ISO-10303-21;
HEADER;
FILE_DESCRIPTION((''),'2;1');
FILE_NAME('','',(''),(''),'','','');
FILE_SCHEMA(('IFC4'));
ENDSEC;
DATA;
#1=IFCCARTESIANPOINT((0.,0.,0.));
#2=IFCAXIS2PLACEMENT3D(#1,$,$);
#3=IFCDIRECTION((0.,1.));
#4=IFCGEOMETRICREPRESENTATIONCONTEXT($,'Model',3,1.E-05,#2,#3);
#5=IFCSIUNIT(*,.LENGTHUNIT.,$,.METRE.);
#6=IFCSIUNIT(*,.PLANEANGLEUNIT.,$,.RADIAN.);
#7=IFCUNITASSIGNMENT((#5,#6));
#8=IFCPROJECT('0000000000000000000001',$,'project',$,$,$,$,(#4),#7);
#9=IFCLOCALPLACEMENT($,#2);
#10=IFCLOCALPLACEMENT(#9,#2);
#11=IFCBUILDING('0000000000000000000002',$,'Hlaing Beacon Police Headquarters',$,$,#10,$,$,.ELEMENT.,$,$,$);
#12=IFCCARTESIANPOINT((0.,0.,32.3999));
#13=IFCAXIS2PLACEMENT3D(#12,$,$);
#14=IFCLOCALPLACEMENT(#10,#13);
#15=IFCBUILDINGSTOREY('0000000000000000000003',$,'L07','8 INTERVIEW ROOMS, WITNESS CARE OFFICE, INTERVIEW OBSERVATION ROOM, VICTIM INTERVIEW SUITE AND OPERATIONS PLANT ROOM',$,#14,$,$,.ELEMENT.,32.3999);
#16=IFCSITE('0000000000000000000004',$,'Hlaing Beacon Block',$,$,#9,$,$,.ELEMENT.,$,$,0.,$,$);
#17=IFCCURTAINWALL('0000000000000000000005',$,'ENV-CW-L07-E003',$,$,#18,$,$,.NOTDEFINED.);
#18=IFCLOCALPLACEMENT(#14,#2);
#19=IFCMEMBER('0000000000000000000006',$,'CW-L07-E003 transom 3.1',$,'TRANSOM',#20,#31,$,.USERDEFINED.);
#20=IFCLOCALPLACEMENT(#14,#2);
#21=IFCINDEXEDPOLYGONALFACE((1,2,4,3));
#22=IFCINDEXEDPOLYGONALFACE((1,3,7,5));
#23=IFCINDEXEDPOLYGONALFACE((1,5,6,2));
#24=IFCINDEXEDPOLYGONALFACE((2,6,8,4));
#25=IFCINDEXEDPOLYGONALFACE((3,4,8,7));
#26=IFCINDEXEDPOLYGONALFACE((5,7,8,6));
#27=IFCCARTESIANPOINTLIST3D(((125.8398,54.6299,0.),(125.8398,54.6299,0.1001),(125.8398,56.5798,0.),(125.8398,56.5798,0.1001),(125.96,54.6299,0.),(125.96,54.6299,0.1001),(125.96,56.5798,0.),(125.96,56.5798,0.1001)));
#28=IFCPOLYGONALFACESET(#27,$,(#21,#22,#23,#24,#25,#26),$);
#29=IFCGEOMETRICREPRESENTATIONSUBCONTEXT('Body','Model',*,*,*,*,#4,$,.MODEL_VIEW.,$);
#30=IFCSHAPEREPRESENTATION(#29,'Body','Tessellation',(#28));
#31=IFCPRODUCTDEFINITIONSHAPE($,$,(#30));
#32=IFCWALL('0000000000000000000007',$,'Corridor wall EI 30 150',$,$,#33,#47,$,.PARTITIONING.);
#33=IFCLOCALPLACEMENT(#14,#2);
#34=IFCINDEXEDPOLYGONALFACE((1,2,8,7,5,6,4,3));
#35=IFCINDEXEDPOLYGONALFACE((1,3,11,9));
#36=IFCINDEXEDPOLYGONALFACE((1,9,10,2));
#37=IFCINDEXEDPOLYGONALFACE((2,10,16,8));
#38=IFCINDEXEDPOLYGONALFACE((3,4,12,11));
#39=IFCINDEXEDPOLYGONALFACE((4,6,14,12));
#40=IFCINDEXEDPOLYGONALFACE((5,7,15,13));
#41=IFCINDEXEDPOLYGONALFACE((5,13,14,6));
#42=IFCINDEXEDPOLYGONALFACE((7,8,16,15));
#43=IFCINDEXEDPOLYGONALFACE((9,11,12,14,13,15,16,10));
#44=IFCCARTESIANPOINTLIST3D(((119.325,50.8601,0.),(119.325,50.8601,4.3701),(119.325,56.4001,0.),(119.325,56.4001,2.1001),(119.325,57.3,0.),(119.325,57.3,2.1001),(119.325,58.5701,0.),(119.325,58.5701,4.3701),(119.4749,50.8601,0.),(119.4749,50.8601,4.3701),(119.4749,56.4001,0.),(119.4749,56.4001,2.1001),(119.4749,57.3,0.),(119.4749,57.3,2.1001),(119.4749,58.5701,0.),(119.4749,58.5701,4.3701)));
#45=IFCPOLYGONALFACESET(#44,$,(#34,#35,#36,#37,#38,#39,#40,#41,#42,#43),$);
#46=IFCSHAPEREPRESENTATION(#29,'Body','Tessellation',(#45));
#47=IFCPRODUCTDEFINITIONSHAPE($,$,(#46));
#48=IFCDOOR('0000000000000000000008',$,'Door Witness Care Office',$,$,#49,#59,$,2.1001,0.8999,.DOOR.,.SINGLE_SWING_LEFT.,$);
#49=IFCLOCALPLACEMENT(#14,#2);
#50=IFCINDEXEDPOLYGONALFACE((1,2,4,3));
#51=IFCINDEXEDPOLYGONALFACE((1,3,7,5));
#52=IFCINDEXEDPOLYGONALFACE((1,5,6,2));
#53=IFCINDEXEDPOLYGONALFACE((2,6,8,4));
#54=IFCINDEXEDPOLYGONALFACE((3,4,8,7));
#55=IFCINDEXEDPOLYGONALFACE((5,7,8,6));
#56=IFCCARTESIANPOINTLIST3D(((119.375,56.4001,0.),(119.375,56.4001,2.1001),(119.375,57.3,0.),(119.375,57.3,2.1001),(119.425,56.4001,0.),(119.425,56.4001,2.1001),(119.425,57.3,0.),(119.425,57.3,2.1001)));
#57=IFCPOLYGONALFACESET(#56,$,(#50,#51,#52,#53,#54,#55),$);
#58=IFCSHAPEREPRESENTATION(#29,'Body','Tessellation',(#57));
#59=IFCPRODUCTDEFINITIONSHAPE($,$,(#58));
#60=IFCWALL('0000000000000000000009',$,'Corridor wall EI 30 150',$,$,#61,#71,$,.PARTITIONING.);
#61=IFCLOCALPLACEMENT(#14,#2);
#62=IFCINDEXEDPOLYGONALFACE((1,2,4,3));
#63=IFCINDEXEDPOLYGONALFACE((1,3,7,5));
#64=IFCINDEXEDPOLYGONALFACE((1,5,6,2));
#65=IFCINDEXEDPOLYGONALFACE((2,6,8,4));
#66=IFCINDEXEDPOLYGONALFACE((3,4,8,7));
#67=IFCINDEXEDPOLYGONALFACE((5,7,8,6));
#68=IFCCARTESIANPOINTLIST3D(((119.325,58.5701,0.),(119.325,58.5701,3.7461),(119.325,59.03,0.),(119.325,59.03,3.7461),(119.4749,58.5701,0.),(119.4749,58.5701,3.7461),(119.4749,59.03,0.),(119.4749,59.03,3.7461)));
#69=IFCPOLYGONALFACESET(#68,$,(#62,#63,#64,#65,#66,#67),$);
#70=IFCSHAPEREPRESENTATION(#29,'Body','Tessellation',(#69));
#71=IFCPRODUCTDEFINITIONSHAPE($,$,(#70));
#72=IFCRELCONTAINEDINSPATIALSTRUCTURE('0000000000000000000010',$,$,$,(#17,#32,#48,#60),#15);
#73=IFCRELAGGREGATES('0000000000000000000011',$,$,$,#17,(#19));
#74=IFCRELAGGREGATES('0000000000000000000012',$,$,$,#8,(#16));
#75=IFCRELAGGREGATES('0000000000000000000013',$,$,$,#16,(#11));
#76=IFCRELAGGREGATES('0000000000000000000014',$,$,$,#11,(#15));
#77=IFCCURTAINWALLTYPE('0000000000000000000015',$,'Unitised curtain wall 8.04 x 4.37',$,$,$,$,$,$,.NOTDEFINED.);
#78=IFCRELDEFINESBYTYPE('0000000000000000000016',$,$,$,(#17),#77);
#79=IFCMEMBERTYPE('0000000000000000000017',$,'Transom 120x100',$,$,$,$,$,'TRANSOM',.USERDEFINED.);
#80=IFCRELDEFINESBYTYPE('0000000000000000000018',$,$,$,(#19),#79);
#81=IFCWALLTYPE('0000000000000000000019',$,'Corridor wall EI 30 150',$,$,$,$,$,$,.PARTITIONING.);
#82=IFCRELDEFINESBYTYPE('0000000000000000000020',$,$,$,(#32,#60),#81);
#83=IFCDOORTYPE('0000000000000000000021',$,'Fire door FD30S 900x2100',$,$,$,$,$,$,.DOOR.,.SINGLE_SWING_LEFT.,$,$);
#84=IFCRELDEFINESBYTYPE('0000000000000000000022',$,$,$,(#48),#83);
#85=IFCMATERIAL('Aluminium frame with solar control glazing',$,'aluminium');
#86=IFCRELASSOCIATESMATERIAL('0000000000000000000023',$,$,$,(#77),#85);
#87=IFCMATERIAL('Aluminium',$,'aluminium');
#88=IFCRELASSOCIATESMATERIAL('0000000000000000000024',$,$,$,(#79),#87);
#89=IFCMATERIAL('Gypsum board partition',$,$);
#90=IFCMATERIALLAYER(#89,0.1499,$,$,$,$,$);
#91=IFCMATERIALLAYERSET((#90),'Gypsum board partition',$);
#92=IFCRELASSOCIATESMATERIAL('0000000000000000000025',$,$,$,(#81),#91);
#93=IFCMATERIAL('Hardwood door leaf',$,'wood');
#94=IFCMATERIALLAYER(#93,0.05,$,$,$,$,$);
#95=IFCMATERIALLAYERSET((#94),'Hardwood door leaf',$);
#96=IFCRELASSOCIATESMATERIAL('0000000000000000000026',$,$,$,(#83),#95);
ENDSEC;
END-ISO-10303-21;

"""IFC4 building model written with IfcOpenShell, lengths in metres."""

from ifc_helpers import new_model, si_unit, direction, frame, frame_2d, origin, origin_2d, place, context, subcontext, project, spatial, rectangle, extrude, material, layer, layer_set, material_profile, profile_set, type_object, element, fill, aggregate, save


model = new_model("IFC4")

# Units and contexts
model_context = context("Model", 3, precision=1e-05, world=origin(), true_north=direction((0.0, 1.0)))
body_context = subcontext(model_context, "Body", "Model", "MODEL_VIEW")
ifc_project = project(units=[si_unit("LENGTHUNIT", "METRE"), si_unit("PLANEANGLEUNIT", "RADIAN")], contexts=[model_context])

# Site, building, storey
site_placement = place(None, origin())
site = spatial("IfcSite", under=ifc_project, at=site_placement, Name="Hlaing Beacon Block", CompositionType="ELEMENT", RefElevation=0.0)
building_placement = place(site_placement, origin())
building = spatial("IfcBuilding", under=site, at=building_placement, Name="Hlaing Beacon Police Headquarters", CompositionType="ELEMENT")
storey_placement = place(building_placement, frame((0.0, 0.0, 32.3999)))
storey = spatial("IfcBuildingStorey", under=building, at=storey_placement, Name="L07", Description="8 INTERVIEW ROOMS, WITNESS CARE OFFICE, INTERVIEW OBSERVATION ROOM, VICTIM INTERVIEW SUITE AND OPERATIONS PLANT ROOM", CompositionType="ELEMENT", Elevation=32.3999)

# Curtain wall, member
ifc_material_1 = material(Name="Aluminium frame with solar control glazing", Category="aluminium")
curtain_wall_type = type_object("IfcCurtainWallType", Name="Unitised curtain wall 8.04 x 4.37", PredefinedType="NOTDEFINED", material=ifc_material_1)
curtain_wall_placement = place(storey_placement, origin())
curtain_wall = element("IfcCurtainWall", 1, at=curtain_wall_placement, inside=storey, type_object=curtain_wall_type, Name="ENV-CW-L07-E003", PredefinedType="NOTDEFINED")
ifc_material_2 = material(Name="Aluminium", Category="aluminium")
ifc_material_profile_1 = material_profile(ifc_material_2, rectangle(XDim=0.1201, YDim=0.1001, at=origin_2d()), Name="Transom 120x100")
ifc_profile_set_1 = profile_set([ifc_material_profile_1], Name="Aluminium")
member_type_1 = type_object("IfcMemberType", Name="Transom 120x100", ElementType="TRANSOM", PredefinedType="USERDEFINED", material=ifc_profile_set_1)
member_1_placement = place(storey_placement, frame((125.8999, 54.6299, 0.05), z_axis=(0.0, 1.0, 0.0), x_axis=(-1.0, 0.0, 0.0)))
member_1 = element("IfcMember", 2, at=member_1_placement, type_object=member_type_1, Name="CW-L07-E003 transom 3.1", ObjectType="TRANSOM", PredefinedType="USERDEFINED", context=body_context, shape_type="SweptSolid", body=[
    extrude(rectangle(XDim=0.1201, YDim=0.1001, at=origin_2d()), origin(), (0.0, 0.0, 1.0), 1.95),
])
aggregate(curtain_wall, [member_1])

# Wall, opening, door
ifc_material_3 = material(Name="Gypsum board partition")
ifc_layer_1 = layer(ifc_material_3, 0.1499)
ifc_layer_set_1 = layer_set([ifc_layer_1], Name="Gypsum board partition")
wall_type = type_object("IfcWallType", Name="Corridor wall EI 30 150", PredefinedType="PARTITIONING", material=ifc_layer_set_1)
wall_1_placement = place(storey_placement, frame((119.3999, 50.8601, 0.0), z_axis=(0.0, 0.0, 1.0), x_axis=(0.0, 1.0, 0.0)))
wall_1 = element("IfcWall", 3, at=wall_1_placement, inside=storey, type_object=wall_type, Name="Corridor wall EI 30 150", PredefinedType="PARTITIONING", context=body_context, shape_type="SweptSolid", body=[
    extrude(rectangle(XDim=7.71, YDim=0.1499, at=frame_2d((3.855, 0.0))), origin(), (0.0, 0.0, 1.0), 4.3701),
])
opening_placement = place(wall_1_placement, frame((5.54, 0.0, 0.0)))
opening = element("IfcOpeningElement", 4, at=opening_placement, cuts=wall_1, PredefinedType="OPENING", context=body_context, shape_type="SweptSolid", body=[
    extrude(rectangle(XDim=0.8999, YDim=2.1001, at=frame_2d((0.45, 1.05))), frame((0.0, 0.085, 0.0), z_axis=(0.0, -1.0, 0.0), x_axis=(1.0, 0.0, 0.0)), (0.0, 0.0, 1.0), 0.1699),
])
ifc_material_4 = material(Name="Hardwood door leaf", Category="wood")
ifc_layer_2 = layer(ifc_material_4, 0.05)
ifc_layer_set_2 = layer_set([ifc_layer_2], Name="Hardwood door leaf")
door_type = type_object("IfcDoorType", Name="Fire door FD30S 900x2100", OperationType="SINGLE_SWING_LEFT", PredefinedType="DOOR", material=ifc_layer_set_2)
door_placement = place(opening_placement, frame((0.8999, 0.0, 0.0), z_axis=(0.0, 0.0, 1.0), x_axis=(-1.0, 0.0, 0.0)))
door = element("IfcDoor", 5, at=door_placement, inside=storey, type_object=door_type, Name="Door Witness Care Office", OperationType="SINGLE_SWING_LEFT", OverallHeight=2.1001, OverallWidth=0.8999, PredefinedType="DOOR", context=body_context, shape_type="SweptSolid", body=[
    extrude(rectangle(XDim=0.8999, YDim=2.1001, at=frame_2d((0.45, 1.05))), frame((0.0, 0.0251, 0.0), z_axis=(0.0, -1.0, 0.0), x_axis=(1.0, 0.0, 0.0)), (0.0, 0.0, 1.0), 0.05),
])
fill(opening, door)

# Wall
wall_2_placement = place(storey_placement, frame((119.3999, 58.5701, 0.0), z_axis=(0.0, 0.0, 1.0), x_axis=(0.0, 1.0, 0.0)))
element("IfcWall", 6, at=wall_2_placement, inside=storey, type_object=wall_type, Name="Corridor wall EI 30 150", PredefinedType="PARTITIONING", context=body_context, shape_type="SweptSolid", body=[
    extrude(rectangle(XDim=0.46, YDim=0.1499, at=frame_2d((0.23, 0.0))), origin(), (0.0, 0.0, 1.0), 3.7461),
])

save(model, "model.ifc")
